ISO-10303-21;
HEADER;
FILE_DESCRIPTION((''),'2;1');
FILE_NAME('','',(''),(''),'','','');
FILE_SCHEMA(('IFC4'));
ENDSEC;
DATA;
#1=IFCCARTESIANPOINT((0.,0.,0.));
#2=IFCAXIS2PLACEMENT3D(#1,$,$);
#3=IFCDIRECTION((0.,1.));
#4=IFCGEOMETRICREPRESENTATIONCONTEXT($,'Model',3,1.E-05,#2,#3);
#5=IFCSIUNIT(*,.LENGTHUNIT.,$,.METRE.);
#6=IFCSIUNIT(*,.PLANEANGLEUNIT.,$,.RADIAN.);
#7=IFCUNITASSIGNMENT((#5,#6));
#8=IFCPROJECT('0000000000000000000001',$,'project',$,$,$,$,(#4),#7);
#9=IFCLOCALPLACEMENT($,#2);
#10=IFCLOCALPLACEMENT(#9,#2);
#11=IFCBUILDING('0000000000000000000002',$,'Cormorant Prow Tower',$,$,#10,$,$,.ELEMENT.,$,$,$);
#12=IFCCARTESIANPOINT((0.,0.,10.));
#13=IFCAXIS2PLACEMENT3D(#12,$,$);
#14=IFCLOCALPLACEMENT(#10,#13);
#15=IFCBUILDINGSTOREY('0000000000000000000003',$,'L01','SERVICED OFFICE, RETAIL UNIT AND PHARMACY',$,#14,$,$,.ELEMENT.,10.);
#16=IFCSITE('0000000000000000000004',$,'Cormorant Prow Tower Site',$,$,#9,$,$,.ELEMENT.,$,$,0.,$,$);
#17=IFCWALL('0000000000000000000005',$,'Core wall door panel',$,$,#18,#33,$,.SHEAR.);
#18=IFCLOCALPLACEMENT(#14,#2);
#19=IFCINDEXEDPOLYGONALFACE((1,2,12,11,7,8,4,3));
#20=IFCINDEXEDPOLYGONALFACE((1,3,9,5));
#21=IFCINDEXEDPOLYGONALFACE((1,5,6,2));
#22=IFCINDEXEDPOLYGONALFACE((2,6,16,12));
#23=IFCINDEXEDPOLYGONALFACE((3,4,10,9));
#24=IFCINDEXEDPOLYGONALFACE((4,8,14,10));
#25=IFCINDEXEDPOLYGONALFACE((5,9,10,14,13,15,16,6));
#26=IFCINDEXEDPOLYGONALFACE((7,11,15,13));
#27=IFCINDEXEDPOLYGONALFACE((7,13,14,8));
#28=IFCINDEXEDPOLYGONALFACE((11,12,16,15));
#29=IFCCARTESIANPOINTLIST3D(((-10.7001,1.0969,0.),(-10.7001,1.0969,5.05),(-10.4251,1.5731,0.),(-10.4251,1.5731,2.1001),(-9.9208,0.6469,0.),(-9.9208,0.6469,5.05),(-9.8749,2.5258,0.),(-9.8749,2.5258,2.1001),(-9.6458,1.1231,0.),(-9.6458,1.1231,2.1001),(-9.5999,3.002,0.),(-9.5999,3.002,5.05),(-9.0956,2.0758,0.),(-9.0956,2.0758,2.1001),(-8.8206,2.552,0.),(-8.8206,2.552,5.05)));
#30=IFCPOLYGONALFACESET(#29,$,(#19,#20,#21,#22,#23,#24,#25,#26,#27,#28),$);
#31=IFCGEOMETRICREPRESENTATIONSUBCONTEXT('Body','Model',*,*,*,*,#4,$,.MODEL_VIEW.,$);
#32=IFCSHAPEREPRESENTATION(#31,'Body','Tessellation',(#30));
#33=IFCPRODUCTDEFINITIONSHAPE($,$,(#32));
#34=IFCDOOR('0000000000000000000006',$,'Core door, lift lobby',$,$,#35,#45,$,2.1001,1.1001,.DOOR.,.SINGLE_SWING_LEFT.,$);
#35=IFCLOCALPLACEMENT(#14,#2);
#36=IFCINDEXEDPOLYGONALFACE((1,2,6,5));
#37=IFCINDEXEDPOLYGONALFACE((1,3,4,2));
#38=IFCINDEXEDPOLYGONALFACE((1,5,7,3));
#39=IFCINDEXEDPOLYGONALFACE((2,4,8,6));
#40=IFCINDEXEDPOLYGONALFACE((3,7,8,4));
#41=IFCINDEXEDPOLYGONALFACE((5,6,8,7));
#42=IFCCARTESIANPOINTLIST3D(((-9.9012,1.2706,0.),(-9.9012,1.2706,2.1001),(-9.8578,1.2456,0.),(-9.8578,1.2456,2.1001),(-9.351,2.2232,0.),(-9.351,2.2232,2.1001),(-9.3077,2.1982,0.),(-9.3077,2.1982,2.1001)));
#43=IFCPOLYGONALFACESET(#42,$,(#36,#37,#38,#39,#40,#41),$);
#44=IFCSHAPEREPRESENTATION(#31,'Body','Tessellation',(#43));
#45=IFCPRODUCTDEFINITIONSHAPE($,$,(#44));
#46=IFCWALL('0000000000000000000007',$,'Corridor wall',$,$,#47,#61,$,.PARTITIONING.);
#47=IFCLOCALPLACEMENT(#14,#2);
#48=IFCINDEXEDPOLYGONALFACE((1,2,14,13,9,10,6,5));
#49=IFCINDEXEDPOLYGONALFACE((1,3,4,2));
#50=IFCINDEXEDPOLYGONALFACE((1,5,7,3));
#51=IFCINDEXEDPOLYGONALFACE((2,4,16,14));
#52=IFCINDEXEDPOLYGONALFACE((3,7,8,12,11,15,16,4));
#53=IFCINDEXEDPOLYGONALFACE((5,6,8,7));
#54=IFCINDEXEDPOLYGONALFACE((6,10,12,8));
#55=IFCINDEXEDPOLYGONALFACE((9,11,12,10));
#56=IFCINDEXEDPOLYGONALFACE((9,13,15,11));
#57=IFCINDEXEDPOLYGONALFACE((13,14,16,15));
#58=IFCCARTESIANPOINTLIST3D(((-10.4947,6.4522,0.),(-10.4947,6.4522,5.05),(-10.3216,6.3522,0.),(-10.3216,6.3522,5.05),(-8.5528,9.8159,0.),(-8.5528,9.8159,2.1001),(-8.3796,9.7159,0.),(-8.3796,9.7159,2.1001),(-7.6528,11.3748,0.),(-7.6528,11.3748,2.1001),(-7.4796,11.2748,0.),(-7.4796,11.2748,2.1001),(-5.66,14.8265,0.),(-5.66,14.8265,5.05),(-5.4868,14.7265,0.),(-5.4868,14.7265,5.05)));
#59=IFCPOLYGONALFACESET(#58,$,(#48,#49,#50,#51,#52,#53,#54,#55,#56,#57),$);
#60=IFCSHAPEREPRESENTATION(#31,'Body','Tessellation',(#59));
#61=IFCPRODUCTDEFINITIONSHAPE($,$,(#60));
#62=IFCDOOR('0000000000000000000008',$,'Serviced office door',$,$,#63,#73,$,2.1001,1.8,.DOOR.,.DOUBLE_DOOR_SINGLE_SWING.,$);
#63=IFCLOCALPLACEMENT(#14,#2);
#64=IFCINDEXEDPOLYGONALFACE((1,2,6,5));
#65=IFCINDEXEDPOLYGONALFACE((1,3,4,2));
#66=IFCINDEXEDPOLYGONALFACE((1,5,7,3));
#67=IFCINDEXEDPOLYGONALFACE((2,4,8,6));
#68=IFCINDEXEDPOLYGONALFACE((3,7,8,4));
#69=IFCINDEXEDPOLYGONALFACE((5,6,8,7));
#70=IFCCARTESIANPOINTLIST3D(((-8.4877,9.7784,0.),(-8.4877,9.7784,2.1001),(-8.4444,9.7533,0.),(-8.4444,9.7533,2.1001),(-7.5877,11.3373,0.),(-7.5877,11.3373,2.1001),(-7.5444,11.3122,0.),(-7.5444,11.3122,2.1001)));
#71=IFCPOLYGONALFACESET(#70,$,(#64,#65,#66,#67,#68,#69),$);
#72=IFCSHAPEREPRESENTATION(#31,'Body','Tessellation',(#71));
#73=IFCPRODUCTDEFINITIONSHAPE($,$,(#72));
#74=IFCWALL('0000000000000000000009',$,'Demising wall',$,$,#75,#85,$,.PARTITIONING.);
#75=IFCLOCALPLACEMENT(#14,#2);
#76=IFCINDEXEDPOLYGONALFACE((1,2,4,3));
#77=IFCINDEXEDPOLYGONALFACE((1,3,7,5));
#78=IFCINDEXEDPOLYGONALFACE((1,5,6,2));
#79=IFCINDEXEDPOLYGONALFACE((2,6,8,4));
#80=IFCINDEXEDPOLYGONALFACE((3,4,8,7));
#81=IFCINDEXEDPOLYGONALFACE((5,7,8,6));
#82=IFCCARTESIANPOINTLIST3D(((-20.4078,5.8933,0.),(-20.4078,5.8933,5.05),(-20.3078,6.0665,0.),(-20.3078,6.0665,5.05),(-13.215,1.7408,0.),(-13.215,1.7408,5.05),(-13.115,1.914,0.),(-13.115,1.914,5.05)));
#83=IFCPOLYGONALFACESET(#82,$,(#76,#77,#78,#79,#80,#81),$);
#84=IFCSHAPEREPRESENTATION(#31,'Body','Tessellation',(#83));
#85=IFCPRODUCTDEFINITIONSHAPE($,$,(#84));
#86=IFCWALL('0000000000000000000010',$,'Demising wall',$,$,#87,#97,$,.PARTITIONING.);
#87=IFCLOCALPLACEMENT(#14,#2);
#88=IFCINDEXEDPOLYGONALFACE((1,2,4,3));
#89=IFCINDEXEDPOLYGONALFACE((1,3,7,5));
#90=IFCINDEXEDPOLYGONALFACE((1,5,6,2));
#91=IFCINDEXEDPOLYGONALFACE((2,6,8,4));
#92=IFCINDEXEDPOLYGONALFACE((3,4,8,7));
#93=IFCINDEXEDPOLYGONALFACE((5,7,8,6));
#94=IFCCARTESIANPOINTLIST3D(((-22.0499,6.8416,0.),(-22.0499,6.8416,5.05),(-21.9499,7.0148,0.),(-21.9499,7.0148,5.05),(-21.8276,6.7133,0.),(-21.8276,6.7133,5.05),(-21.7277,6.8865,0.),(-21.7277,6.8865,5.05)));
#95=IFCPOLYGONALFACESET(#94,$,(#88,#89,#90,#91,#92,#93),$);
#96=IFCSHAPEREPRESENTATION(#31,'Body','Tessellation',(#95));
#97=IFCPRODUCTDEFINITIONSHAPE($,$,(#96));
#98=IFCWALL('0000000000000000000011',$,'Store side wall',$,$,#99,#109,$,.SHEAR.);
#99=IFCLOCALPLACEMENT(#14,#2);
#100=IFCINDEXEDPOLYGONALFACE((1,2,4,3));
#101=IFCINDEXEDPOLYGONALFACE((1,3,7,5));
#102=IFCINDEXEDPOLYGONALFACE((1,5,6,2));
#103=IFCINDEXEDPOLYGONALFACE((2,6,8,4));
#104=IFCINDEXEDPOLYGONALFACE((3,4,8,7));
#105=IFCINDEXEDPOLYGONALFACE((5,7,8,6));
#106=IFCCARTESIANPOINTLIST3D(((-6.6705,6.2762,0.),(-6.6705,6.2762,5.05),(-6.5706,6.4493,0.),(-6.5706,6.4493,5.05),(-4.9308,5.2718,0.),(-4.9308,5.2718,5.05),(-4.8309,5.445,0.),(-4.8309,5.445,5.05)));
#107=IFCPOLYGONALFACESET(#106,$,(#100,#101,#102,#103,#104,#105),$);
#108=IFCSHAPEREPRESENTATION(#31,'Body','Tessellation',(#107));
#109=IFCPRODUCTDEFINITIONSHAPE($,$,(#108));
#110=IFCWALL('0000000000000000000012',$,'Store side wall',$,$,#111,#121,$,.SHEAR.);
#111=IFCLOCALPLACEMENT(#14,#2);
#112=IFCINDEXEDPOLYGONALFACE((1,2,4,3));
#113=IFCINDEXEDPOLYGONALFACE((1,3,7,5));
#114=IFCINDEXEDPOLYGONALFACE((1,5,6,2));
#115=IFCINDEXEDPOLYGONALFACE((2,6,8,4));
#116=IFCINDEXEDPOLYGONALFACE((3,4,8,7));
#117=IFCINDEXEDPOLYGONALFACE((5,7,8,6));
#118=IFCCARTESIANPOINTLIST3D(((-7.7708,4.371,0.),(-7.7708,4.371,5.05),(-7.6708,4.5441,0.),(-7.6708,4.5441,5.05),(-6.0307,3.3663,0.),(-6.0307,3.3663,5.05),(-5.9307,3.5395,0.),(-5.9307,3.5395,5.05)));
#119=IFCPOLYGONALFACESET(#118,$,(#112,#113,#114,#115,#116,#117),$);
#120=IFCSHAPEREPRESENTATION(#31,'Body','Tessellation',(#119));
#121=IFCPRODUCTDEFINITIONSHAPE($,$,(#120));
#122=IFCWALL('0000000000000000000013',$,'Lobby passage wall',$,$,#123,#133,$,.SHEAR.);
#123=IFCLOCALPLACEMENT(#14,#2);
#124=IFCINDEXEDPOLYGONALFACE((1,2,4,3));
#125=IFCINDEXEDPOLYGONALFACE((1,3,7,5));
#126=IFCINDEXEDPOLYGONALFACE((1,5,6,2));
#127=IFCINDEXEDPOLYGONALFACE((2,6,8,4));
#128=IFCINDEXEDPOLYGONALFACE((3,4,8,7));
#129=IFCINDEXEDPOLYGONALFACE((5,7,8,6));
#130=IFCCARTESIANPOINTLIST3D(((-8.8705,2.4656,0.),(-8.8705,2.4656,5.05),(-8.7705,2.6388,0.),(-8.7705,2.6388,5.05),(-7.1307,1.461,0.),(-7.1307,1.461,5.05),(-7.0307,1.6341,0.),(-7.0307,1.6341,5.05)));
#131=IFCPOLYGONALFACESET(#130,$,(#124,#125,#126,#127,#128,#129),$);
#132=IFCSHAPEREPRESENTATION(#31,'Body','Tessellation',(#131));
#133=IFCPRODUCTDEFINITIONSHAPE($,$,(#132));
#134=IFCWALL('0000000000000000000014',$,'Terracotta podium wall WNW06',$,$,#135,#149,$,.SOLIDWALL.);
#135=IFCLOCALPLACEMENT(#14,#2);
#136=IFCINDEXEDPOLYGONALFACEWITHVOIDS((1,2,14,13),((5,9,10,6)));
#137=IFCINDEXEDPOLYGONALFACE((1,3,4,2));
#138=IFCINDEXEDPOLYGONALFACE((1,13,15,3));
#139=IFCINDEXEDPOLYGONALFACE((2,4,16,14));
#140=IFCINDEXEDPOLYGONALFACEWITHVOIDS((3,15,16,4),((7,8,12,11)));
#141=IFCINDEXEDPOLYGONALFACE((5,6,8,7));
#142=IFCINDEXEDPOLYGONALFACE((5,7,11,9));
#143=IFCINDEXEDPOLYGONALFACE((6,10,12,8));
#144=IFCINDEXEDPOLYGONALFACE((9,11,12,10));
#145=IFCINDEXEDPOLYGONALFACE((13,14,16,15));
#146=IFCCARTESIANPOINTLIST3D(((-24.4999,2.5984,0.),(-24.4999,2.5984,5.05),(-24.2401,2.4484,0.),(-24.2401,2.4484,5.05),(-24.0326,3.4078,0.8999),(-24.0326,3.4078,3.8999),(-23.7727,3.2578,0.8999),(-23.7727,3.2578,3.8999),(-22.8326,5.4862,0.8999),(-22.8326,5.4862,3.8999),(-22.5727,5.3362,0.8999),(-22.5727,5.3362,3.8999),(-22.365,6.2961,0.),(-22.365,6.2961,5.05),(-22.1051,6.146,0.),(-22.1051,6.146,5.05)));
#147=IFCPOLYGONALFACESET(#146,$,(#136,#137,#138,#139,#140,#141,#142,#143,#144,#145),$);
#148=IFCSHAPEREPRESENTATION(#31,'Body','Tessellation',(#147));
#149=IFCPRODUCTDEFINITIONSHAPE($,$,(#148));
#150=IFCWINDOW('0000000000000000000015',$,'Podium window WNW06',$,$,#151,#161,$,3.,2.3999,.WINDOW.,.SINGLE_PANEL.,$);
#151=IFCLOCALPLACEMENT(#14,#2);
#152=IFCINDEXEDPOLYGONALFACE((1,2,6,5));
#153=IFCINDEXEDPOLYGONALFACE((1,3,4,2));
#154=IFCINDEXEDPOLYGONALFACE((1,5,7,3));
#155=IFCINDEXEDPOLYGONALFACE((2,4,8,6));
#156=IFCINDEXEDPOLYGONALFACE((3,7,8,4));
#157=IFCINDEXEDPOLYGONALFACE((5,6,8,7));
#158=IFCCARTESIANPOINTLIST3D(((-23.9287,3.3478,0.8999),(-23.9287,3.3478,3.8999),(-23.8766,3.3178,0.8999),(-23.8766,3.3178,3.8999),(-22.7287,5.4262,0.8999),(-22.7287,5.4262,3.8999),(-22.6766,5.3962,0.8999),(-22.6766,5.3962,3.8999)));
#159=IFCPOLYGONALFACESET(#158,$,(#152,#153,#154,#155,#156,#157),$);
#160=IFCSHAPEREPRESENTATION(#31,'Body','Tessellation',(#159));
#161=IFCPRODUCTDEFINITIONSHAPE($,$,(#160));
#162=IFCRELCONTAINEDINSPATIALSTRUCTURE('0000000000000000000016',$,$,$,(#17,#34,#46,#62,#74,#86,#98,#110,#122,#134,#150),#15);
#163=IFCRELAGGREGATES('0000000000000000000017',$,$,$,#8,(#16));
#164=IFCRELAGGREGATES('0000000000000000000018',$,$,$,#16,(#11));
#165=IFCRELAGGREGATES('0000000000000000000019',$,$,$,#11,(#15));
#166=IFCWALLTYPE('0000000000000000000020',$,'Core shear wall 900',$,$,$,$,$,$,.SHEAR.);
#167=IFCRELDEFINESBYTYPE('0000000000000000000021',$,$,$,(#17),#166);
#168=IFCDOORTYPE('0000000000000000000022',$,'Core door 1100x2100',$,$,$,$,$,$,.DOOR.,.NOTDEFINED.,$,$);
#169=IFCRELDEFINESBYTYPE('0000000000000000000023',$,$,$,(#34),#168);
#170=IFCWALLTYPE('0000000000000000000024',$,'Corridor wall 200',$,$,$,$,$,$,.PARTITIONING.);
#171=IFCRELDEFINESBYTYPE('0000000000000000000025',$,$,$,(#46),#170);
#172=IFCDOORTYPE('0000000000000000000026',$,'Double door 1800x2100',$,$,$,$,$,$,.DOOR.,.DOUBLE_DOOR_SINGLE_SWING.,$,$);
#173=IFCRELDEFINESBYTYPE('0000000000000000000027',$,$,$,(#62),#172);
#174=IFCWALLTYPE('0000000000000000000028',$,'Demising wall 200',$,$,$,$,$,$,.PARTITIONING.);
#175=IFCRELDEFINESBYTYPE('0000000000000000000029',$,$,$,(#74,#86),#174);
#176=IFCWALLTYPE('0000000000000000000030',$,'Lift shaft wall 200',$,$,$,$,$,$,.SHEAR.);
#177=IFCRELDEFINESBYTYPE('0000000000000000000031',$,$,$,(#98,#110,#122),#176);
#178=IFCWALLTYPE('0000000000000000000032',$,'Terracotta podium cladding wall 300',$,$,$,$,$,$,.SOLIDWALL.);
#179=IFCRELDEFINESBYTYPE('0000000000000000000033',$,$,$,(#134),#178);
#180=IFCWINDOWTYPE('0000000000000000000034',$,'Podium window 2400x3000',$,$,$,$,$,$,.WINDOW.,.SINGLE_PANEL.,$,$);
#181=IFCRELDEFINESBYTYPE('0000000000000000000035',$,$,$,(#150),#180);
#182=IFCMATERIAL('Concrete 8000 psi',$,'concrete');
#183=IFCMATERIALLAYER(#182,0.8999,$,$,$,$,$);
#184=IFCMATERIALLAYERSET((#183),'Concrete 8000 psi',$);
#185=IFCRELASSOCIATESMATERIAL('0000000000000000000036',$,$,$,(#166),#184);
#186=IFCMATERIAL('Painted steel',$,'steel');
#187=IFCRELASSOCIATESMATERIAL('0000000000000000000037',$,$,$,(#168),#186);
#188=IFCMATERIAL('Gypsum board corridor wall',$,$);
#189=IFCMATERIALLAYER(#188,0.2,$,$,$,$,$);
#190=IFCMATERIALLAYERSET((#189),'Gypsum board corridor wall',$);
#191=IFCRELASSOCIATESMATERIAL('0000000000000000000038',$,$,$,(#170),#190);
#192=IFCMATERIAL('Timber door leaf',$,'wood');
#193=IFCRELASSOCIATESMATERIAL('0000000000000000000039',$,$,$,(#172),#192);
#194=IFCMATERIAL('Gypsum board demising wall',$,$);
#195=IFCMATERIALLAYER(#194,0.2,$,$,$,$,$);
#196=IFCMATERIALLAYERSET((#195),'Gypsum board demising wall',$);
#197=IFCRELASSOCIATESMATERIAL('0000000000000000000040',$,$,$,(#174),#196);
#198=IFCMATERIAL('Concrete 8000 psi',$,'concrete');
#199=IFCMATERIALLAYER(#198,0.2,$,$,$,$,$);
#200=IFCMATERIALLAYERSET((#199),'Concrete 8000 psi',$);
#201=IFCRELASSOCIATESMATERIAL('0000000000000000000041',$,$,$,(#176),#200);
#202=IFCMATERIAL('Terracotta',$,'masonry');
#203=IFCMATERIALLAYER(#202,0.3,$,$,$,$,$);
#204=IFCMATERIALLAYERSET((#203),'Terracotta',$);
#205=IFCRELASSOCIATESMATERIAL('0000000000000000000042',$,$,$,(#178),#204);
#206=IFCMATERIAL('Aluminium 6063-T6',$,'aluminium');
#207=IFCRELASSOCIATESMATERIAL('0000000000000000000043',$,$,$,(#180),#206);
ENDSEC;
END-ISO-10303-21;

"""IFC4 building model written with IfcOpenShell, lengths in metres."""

from ifc_helpers import new_model, si_unit, direction, frame, frame_2d, origin, place, context, subcontext, project, spatial, rectangle, extrude, material, layer, layer_set, type_object, element, fill, save


model = new_model("IFC4")

# Units and contexts
model_context = context("Model", 3, precision=1e-05, world=origin(), true_north=direction((0.0, 1.0)))
body_context = subcontext(model_context, "Body", "Model", "MODEL_VIEW")
ifc_project = project(units=[si_unit("LENGTHUNIT", "METRE"), si_unit("PLANEANGLEUNIT", "RADIAN")], contexts=[model_context])

# Site, building, storey
site_placement = place(None, origin())
site = spatial("IfcSite", under=ifc_project, at=site_placement, Name="Cormorant Prow Tower Site", CompositionType="ELEMENT", RefElevation=0.0)
building_placement = place(site_placement, origin())
building = spatial("IfcBuilding", under=site, at=building_placement, Name="Cormorant Prow Tower", CompositionType="ELEMENT")
storey_placement = place(building_placement, frame((0.0, 0.0, 10.0)))
storey = spatial("IfcBuildingStorey", under=building, at=storey_placement, Name="L01", Description="SERVICED OFFICE, RETAIL UNIT AND PHARMACY", CompositionType="ELEMENT", Elevation=10.0)

# Shared definitions
ifc_material_1 = material(Name="Concrete 8000 psi", Category="concrete")
ifc_layer_1 = layer(ifc_material_1, 0.8999)
ifc_layer_set_1 = layer_set([ifc_layer_1], Name="Concrete 8000 psi")
wall_type_1 = type_object("IfcWallType", Name="Core shear wall 900", PredefinedType="SHEAR", material=ifc_layer_set_1)

# Walls, openings, doors
wall_1_placement = place(storey_placement, frame((-9.2102, 2.7771, 0.0), z_axis=(0.0, 0.0, 1.0), x_axis=(-0.500078, -0.86598, 0.0)))
wall_1 = element("IfcWall", 1, at=wall_1_placement, inside=storey, type_object=wall_type_1, Name="Core wall door panel", PredefinedType="SHEAR", context=body_context, shape_type="SweptSolid", body=[
    extrude(rectangle(XDim=2.2, YDim=0.8999, at=frame_2d((1.1001, 0.0))), origin(), (0.0, 0.0, 1.0), 5.05),
])
opening_1_placement = place(wall_1_placement, frame((0.55, 0.0, 0.0)))
opening_1 = element("IfcOpeningElement", 2, at=opening_1_placement, cuts=wall_1, PredefinedType="OPENING", context=body_context, shape_type="SweptSolid", body=[
    extrude(rectangle(XDim=1.1001, YDim=2.1001, at=frame_2d((0.55, 1.05))), frame((0.0, 0.46, 0.0), z_axis=(0.0, -1.0, 0.0), x_axis=(1.0, 0.0, 0.0)), (0.0, 0.0, 1.0), 0.9199),
])
ifc_material_2 = material(Name="Painted steel", Category="steel")
door_type_1 = type_object("IfcDoorType", Name="Core door 1100x2100", OperationType="NOTDEFINED", PredefinedType="DOOR", material=ifc_material_2)
door_1_placement = place(opening_1_placement, origin())
door_1 = element("IfcDoor", 3, at=door_1_placement, inside=storey, type_object=door_type_1, Name="Core door, lift lobby", OperationType="SINGLE_SWING_LEFT", OverallHeight=2.1001, OverallWidth=1.1001, PredefinedType="DOOR", context=body_context, shape_type="SweptSolid", body=[
    extrude(rectangle(XDim=1.1001, YDim=2.1001, at=frame_2d((0.55, 1.05))), frame((0.0, 0.2051, 0.0), z_axis=(0.0, -1.0, 0.0), x_axis=(1.0, 0.0, 0.0)), (0.0, 0.0, 1.0), 0.05),
])
fill(opening_1, door_1)
ifc_material_3 = material(Name="Gypsum board corridor wall")
ifc_layer_2 = layer(ifc_material_3, 0.2)
ifc_layer_set_2 = layer_set([ifc_layer_2], Name="Gypsum board corridor wall")
wall_type_2 = type_object("IfcWallType", Name="Corridor wall 200", PredefinedType="PARTITIONING", material=ifc_layer_set_2)
wall_2_placement = place(storey_placement, frame((-10.4082, 6.4021, 0.0), z_axis=(0.0, 0.0, 1.0), x_axis=(0.499987, 0.866033, 0.0)))
wall_2 = element("IfcWall", 4, at=wall_2_placement, inside=storey, type_object=wall_type_2, Name="Corridor wall", PredefinedType="PARTITIONING", context=body_context, shape_type="SweptSolid", body=[
    extrude(rectangle(XDim=9.6697, YDim=0.2, at=frame_2d((4.835, 0.0))), origin(), (0.0, 0.0, 1.0), 5.05),
])
opening_2_placement = place(wall_2_placement, frame((3.8843, 0.0, 0.0)))
opening_2 = element("IfcOpeningElement", 5, at=opening_2_placement, cuts=wall_2, PredefinedType="OPENING", context=body_context, shape_type="SweptSolid", body=[
    extrude(rectangle(XDim=1.8, YDim=2.1001, at=frame_2d((0.8999, 1.05))), frame((0.0, 0.1099, 0.0), z_axis=(0.0, -1.0, 0.0), x_axis=(1.0, 0.0, 0.0)), (0.0, 0.0, 1.0), 0.22),
])
ifc_material_4 = material(Name="Timber door leaf", Category="wood")
door_type_2 = type_object("IfcDoorType", Name="Double door 1800x2100", OperationType="DOUBLE_DOOR_SINGLE_SWING", PredefinedType="DOOR", material=ifc_material_4)
door_2_placement = place(opening_2_placement, origin())
door_2 = element("IfcDoor", 6, at=door_2_placement, inside=storey, type_object=door_type_2, Name="Serviced office door", OperationType="DOUBLE_DOOR_SINGLE_SWING", OverallHeight=2.1001, OverallWidth=1.8, PredefinedType="DOOR", context=body_context, shape_type="SweptSolid", body=[
    extrude(rectangle(XDim=1.8, YDim=2.1001, at=frame_2d((0.8999, 1.05))), frame((0.0, 0.0249, 0.0), z_axis=(0.0, -1.0, 0.0), x_axis=(1.0, 0.0, 0.0)), (0.0, 0.0, 1.0), 0.05),
])
fill(opening_2, door_2)

# Walls
ifc_material_5 = material(Name="Gypsum board demising wall")
ifc_layer_3 = layer(ifc_material_5, 0.2)
ifc_layer_set_3 = layer_set([ifc_layer_3], Name="Gypsum board demising wall")
wall_type_3 = type_object("IfcWallType", Name="Demising wall 200", PredefinedType="PARTITIONING", material=ifc_layer_set_3)
wall_3_placement = place(storey_placement, frame((-20.3579, 5.98, 0.0), z_axis=(0.0, 0.0, 1.0), x_axis=(0.866037, -0.49998, 0.0)))
element("IfcWall", 7, at=wall_3_placement, inside=storey, type_object=wall_type_3, Name="Demising wall", PredefinedType="PARTITIONING", context=body_context, shape_type="SweptSolid", body=[
    extrude(rectangle(XDim=8.3054, YDim=0.2, at=frame_2d((4.1528, 0.0))), origin(), (0.0, 0.0, 1.0), 5.05),
])
wall_4_placement = place(storey_placement, frame((-22.0, 6.9282, 0.0), z_axis=(0.0, 0.0, 1.0), x_axis=(0.866186, -0.499722, 0.0)))
element("IfcWall", 8, at=wall_4_placement, inside=storey, type_object=wall_type_3, Name="Demising wall", PredefinedType="PARTITIONING", context=body_context, shape_type="SweptSolid", body=[
    extrude(rectangle(XDim=0.2566, YDim=0.2, at=frame_2d((0.1284, 0.0))), origin(), (0.0, 0.0, 1.0), 5.05),
])
ifc_material_6 = material(Name="Concrete 8000 psi", Category="concrete")
ifc_layer_4 = layer(ifc_material_6, 0.2)
ifc_layer_set_4 = layer_set([ifc_layer_4], Name="Concrete 8000 psi")
wall_type_4 = type_object("IfcWallType", Name="Lift shaft wall 200", PredefinedType="SHEAR", material=ifc_layer_set_4)
wall_5_placement = place(storey_placement, frame((-4.8809, 5.3584, 0.0), z_axis=(0.0, 0.0, 1.0), x_axis=(-0.866036, 0.499982, 0.0)))
element("IfcWall", 9, at=wall_5_placement, inside=storey, type_object=wall_type_4, Name="Store side wall", PredefinedType="SHEAR", context=body_context, shape_type="SweptSolid", body=[
    extrude(rectangle(XDim=2.0088, YDim=0.2, at=frame_2d((1.0044, 0.0))), origin(), (0.0, 0.0, 1.0), 5.05),
])
wall_6_placement = place(storey_placement, frame((-5.9807, 3.4529, 0.0), z_axis=(0.0, 0.0, 1.0), x_axis=(-0.866014, 0.50002, 0.0)))
element("IfcWall", 10, at=wall_6_placement, inside=storey, type_object=wall_type_4, Name="Store side wall", PredefinedType="SHEAR", context=body_context, shape_type="SweptSolid", body=[
    extrude(rectangle(XDim=2.0093, YDim=0.2, at=frame_2d((1.0046, 0.0))), origin(), (0.0, 0.0, 1.0), 5.05),
])
wall_7_placement = place(storey_placement, frame((-7.0808, 1.5476, 0.0), z_axis=(0.0, 0.0, 1.0), x_axis=(-0.865983, 0.500073, 0.0)))
element("IfcWall", 11, at=wall_7_placement, inside=storey, type_object=wall_type_4, Name="Lobby passage wall", PredefinedType="SHEAR", context=body_context, shape_type="SweptSolid", body=[
    extrude(rectangle(XDim=2.009, YDim=0.2, at=frame_2d((1.0044, 0.0))), origin(), (0.0, 0.0, 1.0), 5.05),
])

# Wall, opening, window
ifc_material_7 = material(Name="Terracotta", Category="masonry")
ifc_layer_5 = layer(ifc_material_7, 0.3)
ifc_layer_set_5 = layer_set([ifc_layer_5], Name="Terracotta")
wall_type_5 = type_object("IfcWallType", Name="Terracotta podium cladding wall 300", PredefinedType="SOLIDWALL", material=ifc_layer_set_5)
wall_8_placement = place(storey_placement, frame((-22.2351, 6.2209, 0.0), z_axis=(0.0, 0.0, 1.0), x_axis=(-0.500019, -0.866014, 0.0)))
wall_8 = element("IfcWall", 12, at=wall_8_placement, inside=storey, type_object=wall_type_5, Name="Terracotta podium wall WNW06", PredefinedType="SOLIDWALL", context=body_context, shape_type="SweptSolid", body=[
    extrude(rectangle(XDim=4.2698, YDim=0.3, at=frame_2d((2.1348, 0.0))), origin(), (0.0, 0.0, 1.0), 5.05),
])
opening_3_placement = place(wall_8_placement, frame((0.9351, 0.0, 0.8999)))
opening_3 = element("IfcOpeningElement", 13, at=opening_3_placement, cuts=wall_8, PredefinedType="OPENING", context=body_context, shape_type="SweptSolid", body=[
    extrude(rectangle(XDim=2.3999, YDim=3.0, at=frame_2d((1.2, 1.5))), frame((0.0, 0.1599, 0.0), z_axis=(0.0, -1.0, 0.0), x_axis=(1.0, 0.0, 0.0)), (0.0, 0.0, 1.0), 0.3201),
])
ifc_material_8 = material(Name="Aluminium 6063-T6", Category="aluminium")
window_type = type_object("IfcWindowType", Name="Podium window 2400x3000", PartitioningType="SINGLE_PANEL", PredefinedType="WINDOW", material=ifc_material_8)
window_1_placement = place(opening_3_placement, origin())
window_1 = element("IfcWindow", 14, at=window_1_placement, inside=storey, type_object=window_type, Name="Podium window WNW06", OverallHeight=3.0, OverallWidth=2.3999, PartitioningType="SINGLE_PANEL", PredefinedType="WINDOW", context=body_context, shape_type="SweptSolid", body=[
    extrude(rectangle(XDim=2.3999, YDim=3.0, at=frame_2d((1.2, 1.5))), frame((0.0, 0.03, 0.0), z_axis=(0.0, -1.0, 0.0), x_axis=(1.0, 0.0, 0.0)), (0.0, 0.0, 1.0), 0.0601),
])
fill(opening_3, window_1)

save(model, "model.ifc")
